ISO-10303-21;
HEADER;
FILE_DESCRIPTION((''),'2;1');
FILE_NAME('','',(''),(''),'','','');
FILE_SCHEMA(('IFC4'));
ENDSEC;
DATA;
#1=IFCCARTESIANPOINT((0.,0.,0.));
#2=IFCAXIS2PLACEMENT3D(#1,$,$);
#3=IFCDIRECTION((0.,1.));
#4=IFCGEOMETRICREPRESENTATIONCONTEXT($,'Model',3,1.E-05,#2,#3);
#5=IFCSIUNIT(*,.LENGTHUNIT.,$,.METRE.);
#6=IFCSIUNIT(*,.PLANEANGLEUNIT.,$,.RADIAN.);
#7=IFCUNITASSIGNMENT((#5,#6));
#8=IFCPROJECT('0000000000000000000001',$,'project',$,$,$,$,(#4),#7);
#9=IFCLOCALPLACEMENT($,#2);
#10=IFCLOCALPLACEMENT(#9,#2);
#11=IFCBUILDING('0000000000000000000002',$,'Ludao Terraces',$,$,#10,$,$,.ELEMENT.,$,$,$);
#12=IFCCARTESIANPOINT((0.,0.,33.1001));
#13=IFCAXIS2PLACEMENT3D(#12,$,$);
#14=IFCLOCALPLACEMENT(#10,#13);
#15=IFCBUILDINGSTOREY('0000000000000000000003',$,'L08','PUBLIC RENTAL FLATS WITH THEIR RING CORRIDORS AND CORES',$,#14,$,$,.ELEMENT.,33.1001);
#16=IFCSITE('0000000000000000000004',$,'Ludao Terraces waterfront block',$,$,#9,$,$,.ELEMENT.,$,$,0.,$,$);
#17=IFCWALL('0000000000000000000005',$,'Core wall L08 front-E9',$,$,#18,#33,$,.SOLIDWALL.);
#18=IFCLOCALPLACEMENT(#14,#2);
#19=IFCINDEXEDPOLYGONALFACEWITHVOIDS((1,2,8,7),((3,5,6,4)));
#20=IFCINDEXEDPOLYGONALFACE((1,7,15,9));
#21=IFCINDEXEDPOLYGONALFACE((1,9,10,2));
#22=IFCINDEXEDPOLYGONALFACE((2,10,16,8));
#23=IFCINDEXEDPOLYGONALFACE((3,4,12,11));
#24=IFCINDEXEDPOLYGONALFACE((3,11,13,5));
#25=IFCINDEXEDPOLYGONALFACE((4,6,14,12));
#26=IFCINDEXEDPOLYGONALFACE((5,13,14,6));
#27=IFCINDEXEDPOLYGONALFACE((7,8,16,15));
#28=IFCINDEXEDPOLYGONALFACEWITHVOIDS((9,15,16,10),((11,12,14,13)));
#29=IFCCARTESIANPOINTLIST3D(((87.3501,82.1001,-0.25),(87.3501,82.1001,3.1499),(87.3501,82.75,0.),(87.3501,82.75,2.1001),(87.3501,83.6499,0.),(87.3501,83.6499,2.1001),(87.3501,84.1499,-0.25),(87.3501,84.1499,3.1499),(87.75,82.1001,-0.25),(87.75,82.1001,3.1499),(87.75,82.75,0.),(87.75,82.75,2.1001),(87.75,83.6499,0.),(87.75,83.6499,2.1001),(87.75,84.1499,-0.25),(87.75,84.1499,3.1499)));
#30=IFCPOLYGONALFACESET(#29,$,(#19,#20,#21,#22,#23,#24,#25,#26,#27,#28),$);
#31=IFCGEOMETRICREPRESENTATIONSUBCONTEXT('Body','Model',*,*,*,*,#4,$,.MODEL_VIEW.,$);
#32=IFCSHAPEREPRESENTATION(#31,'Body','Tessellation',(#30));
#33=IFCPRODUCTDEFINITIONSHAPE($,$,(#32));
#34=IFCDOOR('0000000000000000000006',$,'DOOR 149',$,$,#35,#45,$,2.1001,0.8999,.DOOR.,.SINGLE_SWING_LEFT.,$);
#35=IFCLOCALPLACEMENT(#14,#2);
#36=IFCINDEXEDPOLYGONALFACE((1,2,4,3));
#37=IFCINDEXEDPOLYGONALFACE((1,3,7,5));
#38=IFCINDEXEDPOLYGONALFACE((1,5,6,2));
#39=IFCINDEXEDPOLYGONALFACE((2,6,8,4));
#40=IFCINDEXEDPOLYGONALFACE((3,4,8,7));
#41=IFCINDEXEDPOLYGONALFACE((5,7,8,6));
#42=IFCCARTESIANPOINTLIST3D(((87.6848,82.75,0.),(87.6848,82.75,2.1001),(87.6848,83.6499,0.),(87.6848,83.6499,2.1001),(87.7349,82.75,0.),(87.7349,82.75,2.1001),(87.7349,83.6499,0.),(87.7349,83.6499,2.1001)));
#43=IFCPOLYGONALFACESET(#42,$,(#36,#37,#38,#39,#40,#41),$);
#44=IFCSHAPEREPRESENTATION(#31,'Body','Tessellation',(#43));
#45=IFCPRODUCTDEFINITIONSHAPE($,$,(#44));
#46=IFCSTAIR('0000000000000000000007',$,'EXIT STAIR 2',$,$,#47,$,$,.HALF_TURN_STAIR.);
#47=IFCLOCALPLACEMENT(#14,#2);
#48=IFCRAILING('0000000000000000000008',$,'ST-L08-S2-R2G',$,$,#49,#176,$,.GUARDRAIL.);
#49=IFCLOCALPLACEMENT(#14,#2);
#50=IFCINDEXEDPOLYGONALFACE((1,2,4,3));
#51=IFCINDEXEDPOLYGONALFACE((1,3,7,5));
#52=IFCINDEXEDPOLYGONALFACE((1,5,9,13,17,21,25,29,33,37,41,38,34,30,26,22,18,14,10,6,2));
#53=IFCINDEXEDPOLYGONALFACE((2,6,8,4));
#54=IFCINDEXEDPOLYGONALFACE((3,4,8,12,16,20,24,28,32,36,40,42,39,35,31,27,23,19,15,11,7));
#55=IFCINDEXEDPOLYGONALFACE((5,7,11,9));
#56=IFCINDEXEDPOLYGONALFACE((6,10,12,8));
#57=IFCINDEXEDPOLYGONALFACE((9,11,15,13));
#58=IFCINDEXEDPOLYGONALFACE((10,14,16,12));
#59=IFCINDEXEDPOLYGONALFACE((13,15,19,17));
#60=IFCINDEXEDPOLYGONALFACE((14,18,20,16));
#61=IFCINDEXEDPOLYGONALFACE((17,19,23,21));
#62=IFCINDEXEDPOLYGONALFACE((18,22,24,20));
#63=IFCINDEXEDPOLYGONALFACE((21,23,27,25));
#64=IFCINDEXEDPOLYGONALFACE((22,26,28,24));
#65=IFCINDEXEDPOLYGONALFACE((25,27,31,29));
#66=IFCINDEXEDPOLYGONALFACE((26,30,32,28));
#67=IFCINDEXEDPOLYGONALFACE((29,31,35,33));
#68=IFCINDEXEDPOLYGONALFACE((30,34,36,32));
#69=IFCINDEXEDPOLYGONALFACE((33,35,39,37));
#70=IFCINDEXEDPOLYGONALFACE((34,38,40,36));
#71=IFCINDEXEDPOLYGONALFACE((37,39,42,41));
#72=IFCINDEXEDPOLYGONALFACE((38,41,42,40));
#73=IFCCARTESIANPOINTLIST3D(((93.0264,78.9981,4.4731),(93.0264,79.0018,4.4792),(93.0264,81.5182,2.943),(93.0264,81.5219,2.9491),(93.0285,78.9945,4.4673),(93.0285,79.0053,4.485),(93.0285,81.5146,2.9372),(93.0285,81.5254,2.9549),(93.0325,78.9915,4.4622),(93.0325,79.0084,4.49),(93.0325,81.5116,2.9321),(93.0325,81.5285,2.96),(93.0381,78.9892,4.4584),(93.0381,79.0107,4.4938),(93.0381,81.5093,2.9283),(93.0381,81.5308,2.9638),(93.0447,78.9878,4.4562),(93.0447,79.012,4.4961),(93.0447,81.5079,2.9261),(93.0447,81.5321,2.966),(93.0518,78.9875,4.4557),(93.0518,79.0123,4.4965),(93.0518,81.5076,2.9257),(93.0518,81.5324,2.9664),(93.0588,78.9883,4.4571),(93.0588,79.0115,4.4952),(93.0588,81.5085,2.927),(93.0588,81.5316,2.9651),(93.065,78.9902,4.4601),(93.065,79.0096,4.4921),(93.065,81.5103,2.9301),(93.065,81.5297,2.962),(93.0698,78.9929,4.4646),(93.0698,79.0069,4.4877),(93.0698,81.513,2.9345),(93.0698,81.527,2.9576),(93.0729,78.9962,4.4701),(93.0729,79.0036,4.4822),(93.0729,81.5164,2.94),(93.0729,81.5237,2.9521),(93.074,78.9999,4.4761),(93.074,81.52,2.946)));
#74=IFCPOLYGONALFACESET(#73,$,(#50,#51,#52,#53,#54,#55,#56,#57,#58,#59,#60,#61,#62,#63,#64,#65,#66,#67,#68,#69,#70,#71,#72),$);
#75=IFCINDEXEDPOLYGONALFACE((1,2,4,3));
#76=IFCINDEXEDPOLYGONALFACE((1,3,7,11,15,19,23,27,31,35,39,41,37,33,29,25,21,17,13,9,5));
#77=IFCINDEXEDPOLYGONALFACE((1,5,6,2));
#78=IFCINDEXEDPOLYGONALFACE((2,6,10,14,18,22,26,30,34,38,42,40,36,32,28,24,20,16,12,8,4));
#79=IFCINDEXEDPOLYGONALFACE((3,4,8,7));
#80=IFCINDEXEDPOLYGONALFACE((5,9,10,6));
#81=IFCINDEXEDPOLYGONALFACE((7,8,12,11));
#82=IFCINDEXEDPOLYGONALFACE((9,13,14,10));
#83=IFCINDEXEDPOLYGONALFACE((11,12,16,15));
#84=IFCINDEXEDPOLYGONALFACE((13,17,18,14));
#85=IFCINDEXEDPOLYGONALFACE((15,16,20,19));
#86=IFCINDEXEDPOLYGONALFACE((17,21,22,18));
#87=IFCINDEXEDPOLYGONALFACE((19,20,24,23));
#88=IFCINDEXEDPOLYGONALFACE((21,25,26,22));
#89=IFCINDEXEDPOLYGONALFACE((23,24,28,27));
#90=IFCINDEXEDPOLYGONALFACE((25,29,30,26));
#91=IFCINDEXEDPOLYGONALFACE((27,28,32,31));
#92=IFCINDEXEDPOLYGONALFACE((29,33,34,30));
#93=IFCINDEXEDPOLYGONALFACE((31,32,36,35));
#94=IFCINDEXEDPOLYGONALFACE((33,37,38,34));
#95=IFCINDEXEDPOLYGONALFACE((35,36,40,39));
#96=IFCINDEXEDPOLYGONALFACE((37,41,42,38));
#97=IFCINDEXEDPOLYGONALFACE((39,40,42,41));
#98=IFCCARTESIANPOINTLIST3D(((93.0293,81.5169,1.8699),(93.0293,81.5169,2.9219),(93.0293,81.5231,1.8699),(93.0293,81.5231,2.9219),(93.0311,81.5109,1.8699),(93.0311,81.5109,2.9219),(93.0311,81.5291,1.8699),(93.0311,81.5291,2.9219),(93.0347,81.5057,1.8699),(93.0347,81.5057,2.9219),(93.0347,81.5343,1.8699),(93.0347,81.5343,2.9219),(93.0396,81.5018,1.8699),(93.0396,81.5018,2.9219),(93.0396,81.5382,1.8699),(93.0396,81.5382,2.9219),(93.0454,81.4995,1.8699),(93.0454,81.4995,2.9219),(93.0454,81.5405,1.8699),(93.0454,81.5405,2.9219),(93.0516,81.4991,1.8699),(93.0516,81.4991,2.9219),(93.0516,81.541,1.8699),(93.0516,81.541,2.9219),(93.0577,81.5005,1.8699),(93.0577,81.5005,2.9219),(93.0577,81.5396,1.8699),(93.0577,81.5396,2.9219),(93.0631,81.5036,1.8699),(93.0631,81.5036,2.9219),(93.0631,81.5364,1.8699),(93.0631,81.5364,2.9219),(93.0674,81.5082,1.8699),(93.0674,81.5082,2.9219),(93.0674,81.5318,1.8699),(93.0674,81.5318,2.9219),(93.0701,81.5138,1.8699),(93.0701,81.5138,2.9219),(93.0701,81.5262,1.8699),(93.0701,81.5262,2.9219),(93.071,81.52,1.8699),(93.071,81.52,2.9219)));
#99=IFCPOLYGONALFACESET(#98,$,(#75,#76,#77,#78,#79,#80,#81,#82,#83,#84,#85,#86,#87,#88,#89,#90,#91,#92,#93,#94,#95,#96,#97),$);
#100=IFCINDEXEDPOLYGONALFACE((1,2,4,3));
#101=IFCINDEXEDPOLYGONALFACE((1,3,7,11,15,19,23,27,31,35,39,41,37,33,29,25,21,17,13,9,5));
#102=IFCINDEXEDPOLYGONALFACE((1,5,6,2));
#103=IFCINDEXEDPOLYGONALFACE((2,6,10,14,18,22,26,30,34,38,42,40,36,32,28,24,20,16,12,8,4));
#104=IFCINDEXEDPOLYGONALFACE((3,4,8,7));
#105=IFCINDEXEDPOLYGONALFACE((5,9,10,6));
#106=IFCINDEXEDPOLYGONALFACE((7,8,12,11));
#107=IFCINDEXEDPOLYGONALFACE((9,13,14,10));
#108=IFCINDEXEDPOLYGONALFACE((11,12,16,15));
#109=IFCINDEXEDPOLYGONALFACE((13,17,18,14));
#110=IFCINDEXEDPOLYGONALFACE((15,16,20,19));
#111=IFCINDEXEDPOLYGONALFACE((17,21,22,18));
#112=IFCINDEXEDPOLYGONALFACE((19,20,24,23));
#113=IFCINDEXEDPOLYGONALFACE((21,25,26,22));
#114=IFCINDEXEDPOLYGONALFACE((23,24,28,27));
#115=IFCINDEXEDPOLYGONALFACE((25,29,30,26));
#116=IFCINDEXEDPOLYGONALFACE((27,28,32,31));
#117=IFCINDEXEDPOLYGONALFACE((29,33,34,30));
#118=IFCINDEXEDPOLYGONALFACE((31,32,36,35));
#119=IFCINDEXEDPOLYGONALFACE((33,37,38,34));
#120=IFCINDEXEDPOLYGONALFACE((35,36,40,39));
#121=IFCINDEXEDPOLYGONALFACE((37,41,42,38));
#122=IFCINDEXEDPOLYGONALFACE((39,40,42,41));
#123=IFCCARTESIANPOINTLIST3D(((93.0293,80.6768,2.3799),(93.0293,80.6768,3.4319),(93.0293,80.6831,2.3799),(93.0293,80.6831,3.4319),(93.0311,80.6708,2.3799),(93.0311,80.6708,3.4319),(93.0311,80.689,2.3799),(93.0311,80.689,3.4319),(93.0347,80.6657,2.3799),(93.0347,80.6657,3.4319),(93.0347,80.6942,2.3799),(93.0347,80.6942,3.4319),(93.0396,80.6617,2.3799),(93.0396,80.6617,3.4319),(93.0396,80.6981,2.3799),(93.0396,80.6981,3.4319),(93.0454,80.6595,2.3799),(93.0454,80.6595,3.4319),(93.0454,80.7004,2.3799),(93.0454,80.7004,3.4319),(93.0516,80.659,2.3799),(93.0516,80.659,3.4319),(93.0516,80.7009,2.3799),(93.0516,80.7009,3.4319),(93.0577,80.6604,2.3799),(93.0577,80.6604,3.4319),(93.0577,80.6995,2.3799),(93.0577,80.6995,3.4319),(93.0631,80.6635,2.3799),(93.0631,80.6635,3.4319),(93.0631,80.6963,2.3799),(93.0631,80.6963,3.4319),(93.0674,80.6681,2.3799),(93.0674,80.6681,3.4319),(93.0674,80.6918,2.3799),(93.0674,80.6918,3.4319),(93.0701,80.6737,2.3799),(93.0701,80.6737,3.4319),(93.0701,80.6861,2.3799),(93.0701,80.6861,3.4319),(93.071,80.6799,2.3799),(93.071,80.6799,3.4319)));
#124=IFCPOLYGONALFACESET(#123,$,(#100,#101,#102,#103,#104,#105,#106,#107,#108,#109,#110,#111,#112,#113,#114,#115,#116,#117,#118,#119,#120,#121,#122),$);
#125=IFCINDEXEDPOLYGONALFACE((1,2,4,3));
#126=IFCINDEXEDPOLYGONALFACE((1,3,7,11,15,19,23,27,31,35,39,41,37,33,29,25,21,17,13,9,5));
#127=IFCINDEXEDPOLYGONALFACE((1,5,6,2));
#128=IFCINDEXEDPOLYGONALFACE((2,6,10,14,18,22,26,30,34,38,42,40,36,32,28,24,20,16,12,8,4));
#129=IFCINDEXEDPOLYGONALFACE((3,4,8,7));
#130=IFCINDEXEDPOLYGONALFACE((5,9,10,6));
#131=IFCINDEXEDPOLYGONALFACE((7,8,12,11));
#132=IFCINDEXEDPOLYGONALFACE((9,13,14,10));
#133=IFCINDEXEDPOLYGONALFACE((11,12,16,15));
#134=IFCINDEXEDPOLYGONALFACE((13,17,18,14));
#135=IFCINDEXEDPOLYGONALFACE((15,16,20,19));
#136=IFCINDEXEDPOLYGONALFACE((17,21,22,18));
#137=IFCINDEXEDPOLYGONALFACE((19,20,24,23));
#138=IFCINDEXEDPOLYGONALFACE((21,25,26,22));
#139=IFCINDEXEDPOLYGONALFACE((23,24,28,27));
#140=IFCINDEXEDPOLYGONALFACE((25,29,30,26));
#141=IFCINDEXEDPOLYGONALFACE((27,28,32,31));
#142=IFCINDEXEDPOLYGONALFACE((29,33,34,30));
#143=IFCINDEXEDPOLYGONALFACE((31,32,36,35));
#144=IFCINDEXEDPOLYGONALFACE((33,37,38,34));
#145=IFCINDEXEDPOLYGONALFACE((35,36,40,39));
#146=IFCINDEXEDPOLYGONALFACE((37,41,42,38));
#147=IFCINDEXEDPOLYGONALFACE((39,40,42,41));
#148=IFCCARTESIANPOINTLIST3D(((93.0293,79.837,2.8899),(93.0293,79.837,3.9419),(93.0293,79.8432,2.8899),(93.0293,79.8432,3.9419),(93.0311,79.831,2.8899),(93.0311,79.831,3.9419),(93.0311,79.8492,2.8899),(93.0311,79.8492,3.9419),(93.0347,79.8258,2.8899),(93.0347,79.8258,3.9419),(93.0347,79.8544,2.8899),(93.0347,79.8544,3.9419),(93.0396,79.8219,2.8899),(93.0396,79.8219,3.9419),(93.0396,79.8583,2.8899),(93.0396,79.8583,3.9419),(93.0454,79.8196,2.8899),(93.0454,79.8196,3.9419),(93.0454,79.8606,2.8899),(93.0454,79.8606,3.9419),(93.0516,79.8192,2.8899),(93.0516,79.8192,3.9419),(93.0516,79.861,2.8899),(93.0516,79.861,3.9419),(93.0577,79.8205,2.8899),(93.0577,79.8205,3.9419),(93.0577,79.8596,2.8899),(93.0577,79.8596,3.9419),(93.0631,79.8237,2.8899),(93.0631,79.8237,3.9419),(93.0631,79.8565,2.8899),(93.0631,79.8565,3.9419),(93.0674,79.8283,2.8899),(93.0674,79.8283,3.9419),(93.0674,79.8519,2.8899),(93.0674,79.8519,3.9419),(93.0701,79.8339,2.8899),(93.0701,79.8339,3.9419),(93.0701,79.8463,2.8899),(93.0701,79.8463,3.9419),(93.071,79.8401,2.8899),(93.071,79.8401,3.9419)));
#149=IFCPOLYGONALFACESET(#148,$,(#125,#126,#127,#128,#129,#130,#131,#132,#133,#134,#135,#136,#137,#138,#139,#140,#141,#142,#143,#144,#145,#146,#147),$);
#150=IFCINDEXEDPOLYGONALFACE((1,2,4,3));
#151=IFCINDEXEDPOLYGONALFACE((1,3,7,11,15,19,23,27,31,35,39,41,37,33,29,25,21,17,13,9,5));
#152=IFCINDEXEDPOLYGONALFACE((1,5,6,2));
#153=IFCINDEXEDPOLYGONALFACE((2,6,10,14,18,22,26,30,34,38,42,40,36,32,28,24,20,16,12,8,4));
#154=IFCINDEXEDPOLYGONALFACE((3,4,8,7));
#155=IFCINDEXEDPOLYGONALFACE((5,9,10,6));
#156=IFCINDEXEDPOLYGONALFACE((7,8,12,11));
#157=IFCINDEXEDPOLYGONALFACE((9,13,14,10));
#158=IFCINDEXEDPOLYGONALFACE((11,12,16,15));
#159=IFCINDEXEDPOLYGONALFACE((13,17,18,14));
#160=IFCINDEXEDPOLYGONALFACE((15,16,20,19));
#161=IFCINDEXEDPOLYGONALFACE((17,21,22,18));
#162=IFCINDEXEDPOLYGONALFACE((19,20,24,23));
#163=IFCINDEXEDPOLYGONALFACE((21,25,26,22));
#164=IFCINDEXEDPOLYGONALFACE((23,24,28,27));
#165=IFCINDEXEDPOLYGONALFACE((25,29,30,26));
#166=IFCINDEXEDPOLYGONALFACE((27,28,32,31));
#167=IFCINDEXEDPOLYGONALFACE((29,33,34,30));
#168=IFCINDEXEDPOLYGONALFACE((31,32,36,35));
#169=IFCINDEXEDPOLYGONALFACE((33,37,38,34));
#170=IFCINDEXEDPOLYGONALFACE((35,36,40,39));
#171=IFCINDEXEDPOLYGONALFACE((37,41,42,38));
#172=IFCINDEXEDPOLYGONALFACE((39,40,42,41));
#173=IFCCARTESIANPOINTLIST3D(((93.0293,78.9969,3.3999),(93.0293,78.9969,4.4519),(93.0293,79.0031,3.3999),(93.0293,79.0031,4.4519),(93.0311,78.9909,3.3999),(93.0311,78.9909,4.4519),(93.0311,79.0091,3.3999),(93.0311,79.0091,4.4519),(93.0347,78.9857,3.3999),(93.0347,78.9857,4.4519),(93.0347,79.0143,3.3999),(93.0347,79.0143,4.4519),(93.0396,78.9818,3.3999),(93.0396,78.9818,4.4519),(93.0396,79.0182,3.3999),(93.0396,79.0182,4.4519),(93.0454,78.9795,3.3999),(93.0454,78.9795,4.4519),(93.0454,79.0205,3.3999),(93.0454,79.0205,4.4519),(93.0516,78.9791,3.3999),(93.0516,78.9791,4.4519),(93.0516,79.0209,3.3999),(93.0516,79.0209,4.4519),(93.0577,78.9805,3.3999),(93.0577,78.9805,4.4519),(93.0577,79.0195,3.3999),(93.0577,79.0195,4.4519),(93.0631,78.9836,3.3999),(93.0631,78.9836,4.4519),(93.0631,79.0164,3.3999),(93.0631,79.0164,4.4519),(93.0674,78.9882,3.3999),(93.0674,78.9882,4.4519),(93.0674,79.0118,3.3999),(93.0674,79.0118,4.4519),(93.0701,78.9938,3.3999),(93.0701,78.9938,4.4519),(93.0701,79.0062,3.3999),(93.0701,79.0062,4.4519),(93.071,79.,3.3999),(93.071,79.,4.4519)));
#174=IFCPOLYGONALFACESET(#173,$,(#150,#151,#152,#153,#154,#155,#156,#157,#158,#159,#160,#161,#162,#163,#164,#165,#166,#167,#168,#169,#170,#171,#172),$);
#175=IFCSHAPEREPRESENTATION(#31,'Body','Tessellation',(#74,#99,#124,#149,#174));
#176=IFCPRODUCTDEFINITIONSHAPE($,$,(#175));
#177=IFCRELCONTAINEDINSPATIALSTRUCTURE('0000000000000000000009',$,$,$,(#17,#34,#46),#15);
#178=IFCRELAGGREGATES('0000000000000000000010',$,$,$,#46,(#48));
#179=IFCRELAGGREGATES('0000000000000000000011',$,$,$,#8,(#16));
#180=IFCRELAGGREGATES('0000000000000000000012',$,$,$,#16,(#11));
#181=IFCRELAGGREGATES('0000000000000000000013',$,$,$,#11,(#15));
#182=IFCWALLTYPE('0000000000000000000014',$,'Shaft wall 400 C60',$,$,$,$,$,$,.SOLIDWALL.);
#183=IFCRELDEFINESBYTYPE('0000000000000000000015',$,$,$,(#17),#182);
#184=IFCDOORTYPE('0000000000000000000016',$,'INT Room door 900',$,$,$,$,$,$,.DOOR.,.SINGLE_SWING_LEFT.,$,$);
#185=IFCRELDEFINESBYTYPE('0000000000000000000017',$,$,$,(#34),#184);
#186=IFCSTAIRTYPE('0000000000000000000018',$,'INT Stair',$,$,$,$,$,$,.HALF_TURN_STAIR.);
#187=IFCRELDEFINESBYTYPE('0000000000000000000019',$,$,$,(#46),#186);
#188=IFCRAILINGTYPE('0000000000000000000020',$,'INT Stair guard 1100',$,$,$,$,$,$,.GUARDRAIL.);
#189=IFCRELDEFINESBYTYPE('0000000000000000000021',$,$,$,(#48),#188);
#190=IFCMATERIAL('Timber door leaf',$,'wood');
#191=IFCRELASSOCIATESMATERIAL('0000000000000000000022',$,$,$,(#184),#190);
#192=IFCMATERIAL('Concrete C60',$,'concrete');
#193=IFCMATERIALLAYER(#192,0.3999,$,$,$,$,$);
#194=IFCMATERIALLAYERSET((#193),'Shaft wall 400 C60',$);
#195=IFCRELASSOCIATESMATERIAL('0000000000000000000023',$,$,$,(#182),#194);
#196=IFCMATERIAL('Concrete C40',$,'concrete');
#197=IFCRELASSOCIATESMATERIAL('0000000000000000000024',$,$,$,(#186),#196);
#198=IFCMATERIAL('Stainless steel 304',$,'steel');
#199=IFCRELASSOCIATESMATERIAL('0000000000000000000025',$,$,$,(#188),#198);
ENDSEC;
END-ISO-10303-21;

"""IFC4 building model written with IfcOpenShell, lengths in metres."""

from ifc_helpers import new_model, si_unit, direction, frame, frame_2d, origin, origin_2d, place, context, subcontext, project, spatial, rectangle, circle, extrude, material, layer, layer_set, type_object, element, fill, aggregate, save


model = new_model("IFC4")

# Units and contexts
model_context = context("Model", 3, precision=1e-05, world=origin(), true_north=direction((0.0, 1.0)))
body_context = subcontext(model_context, "Body", "Model", "MODEL_VIEW")
ifc_project = project(units=[si_unit("LENGTHUNIT", "METRE"), si_unit("PLANEANGLEUNIT", "RADIAN")], contexts=[model_context])

# Site, building, storey
site_placement = place(None, origin())
site = spatial("IfcSite", under=ifc_project, at=site_placement, Name="Ludao Terraces waterfront block", CompositionType="ELEMENT", RefElevation=0.0)
building_placement = place(site_placement, origin())
building = spatial("IfcBuilding", under=site, at=building_placement, Name="Ludao Terraces", CompositionType="ELEMENT")
storey_placement = place(building_placement, frame((0.0, 0.0, 33.1001)))
storey = spatial("IfcBuildingStorey", under=building, at=storey_placement, Name="L08", Description="PUBLIC RENTAL FLATS WITH THEIR RING CORRIDORS AND CORES", CompositionType="ELEMENT", Elevation=33.1001)

# Shared definitions
ifc_material_1 = material(Name="Concrete C40", Category="concrete")

# Shared definitions
ifc_material_2 = material(Name="Timber door leaf", Category="wood")
door_type_1 = type_object("IfcDoorType", Name="INT Room door 900", OperationType="SINGLE_SWING_LEFT", PredefinedType="DOOR", material=ifc_material_2)

# Shared definitions
ifc_material_3 = material(Name="Concrete C60", Category="concrete")
ifc_layer_1 = layer(ifc_material_3, 0.3999)
ifc_layer_set_1 = layer_set([ifc_layer_1], Name="Shaft wall 400 C60")
wall_type_1 = type_object("IfcWallType", Name="Shaft wall 400 C60", PredefinedType="SOLIDWALL", material=ifc_layer_set_1)

# Wall, opening, door
wall_1_placement = place(storey_placement, frame((87.55, 82.1001, -0.25), z_axis=(0.0, 0.0, 1.0), x_axis=(0.0, 1.0, 0.0)))
wall_1 = element("IfcWall", 1, at=wall_1_placement, inside=storey, type_object=wall_type_1, Name="Core wall L08 front-E9", PredefinedType="SOLIDWALL", context=body_context, shape_type="SweptSolid", body=[
    extrude(rectangle(XDim=2.0498, YDim=0.3999, at=frame_2d((1.0249, 0.0))), origin(), (0.0, 0.0, 1.0), 3.3999),
])
opening_1_placement = place(wall_1_placement, frame((0.6499, 0.0, 0.25)))
opening_1 = element("IfcOpeningElement", 2, at=opening_1_placement, cuts=wall_1, PredefinedType="OPENING", context=body_context, shape_type="SweptSolid", body=[
    extrude(rectangle(XDim=0.8999, YDim=2.1001, at=frame_2d((0.45, 1.05))), frame((0.0, 0.21, 0.0), z_axis=(0.0, -1.0, 0.0), x_axis=(1.0, 0.0, 0.0)), (0.0, 0.0, 1.0), 0.4199),
])
door_1_placement = place(opening_1_placement, origin())
door_1 = element("IfcDoor", 3, at=door_1_placement, inside=storey, type_object=door_type_1, Name="DOOR 149", OperationType="SINGLE_SWING_LEFT", OverallHeight=2.1001, OverallWidth=0.8999, PredefinedType="DOOR", context=body_context, shape_type="SweptSolid", body=[
    extrude(rectangle(XDim=0.8999, YDim=2.1001, at=frame_2d((0.45, 1.05))), frame((0.0, -0.1348, 0.0), z_axis=(0.0, -1.0, 0.0), x_axis=(1.0, 0.0, 0.0)), (0.0, 0.0, 1.0), 0.05),
])
fill(opening_1, door_1)

# Stair, railing
stair_type = type_object("IfcStairType", Name="INT Stair", PredefinedType="HALF_TURN_STAIR", material=ifc_material_1)
stair_placement = place(storey_placement, origin())
stair = element("IfcStair", 4, at=stair_placement, inside=storey, type_object=stair_type, Name="EXIT STAIR 2", PredefinedType="HALF_TURN_STAIR")
ifc_material_4 = material(Name="Stainless steel 304", Category="steel")
railing_type_1 = type_object("IfcRailingType", Name="INT Stair guard 1100", PredefinedType="GUARDRAIL", material=ifc_material_4)
railing_1_placement = place(storey_placement, frame((93.05, 81.52, 1.8699)))
railing_1 = element("IfcRailing", 5, at=railing_1_placement, type_object=railing_type_1, Name="ST-L08-S2-R2G", PredefinedType="GUARDRAIL", context=body_context, shape_type="SweptSolid", body=[
    extrude(circle(Radius=0.0239, at=origin_2d()), frame((0.0, 0.0, 1.0762), z_axis=(0.0, -0.854785, 0.518982), x_axis=(1.0, 0.0, 0.0)), (0.0, 0.0, 1.0), 2.9482),
    extrude(circle(Radius=0.021, at=origin_2d()), origin(), (0.0, 0.0, 1.0), 1.052),
    extrude(circle(Radius=0.021, at=origin_2d()), frame((0.0, -0.8401, 0.51)), (0.0, 0.0, 1.0), 1.052),
    extrude(circle(Radius=0.021, at=origin_2d()), frame((0.0, -1.6799, 1.02)), (0.0, 0.0, 1.0), 1.052),
    extrude(circle(Radius=0.021, at=origin_2d()), frame((0.0, -2.52, 1.53)), (0.0, 0.0, 1.0), 1.052),
])
aggregate(stair, [railing_1])

save(model, "model.ifc")
